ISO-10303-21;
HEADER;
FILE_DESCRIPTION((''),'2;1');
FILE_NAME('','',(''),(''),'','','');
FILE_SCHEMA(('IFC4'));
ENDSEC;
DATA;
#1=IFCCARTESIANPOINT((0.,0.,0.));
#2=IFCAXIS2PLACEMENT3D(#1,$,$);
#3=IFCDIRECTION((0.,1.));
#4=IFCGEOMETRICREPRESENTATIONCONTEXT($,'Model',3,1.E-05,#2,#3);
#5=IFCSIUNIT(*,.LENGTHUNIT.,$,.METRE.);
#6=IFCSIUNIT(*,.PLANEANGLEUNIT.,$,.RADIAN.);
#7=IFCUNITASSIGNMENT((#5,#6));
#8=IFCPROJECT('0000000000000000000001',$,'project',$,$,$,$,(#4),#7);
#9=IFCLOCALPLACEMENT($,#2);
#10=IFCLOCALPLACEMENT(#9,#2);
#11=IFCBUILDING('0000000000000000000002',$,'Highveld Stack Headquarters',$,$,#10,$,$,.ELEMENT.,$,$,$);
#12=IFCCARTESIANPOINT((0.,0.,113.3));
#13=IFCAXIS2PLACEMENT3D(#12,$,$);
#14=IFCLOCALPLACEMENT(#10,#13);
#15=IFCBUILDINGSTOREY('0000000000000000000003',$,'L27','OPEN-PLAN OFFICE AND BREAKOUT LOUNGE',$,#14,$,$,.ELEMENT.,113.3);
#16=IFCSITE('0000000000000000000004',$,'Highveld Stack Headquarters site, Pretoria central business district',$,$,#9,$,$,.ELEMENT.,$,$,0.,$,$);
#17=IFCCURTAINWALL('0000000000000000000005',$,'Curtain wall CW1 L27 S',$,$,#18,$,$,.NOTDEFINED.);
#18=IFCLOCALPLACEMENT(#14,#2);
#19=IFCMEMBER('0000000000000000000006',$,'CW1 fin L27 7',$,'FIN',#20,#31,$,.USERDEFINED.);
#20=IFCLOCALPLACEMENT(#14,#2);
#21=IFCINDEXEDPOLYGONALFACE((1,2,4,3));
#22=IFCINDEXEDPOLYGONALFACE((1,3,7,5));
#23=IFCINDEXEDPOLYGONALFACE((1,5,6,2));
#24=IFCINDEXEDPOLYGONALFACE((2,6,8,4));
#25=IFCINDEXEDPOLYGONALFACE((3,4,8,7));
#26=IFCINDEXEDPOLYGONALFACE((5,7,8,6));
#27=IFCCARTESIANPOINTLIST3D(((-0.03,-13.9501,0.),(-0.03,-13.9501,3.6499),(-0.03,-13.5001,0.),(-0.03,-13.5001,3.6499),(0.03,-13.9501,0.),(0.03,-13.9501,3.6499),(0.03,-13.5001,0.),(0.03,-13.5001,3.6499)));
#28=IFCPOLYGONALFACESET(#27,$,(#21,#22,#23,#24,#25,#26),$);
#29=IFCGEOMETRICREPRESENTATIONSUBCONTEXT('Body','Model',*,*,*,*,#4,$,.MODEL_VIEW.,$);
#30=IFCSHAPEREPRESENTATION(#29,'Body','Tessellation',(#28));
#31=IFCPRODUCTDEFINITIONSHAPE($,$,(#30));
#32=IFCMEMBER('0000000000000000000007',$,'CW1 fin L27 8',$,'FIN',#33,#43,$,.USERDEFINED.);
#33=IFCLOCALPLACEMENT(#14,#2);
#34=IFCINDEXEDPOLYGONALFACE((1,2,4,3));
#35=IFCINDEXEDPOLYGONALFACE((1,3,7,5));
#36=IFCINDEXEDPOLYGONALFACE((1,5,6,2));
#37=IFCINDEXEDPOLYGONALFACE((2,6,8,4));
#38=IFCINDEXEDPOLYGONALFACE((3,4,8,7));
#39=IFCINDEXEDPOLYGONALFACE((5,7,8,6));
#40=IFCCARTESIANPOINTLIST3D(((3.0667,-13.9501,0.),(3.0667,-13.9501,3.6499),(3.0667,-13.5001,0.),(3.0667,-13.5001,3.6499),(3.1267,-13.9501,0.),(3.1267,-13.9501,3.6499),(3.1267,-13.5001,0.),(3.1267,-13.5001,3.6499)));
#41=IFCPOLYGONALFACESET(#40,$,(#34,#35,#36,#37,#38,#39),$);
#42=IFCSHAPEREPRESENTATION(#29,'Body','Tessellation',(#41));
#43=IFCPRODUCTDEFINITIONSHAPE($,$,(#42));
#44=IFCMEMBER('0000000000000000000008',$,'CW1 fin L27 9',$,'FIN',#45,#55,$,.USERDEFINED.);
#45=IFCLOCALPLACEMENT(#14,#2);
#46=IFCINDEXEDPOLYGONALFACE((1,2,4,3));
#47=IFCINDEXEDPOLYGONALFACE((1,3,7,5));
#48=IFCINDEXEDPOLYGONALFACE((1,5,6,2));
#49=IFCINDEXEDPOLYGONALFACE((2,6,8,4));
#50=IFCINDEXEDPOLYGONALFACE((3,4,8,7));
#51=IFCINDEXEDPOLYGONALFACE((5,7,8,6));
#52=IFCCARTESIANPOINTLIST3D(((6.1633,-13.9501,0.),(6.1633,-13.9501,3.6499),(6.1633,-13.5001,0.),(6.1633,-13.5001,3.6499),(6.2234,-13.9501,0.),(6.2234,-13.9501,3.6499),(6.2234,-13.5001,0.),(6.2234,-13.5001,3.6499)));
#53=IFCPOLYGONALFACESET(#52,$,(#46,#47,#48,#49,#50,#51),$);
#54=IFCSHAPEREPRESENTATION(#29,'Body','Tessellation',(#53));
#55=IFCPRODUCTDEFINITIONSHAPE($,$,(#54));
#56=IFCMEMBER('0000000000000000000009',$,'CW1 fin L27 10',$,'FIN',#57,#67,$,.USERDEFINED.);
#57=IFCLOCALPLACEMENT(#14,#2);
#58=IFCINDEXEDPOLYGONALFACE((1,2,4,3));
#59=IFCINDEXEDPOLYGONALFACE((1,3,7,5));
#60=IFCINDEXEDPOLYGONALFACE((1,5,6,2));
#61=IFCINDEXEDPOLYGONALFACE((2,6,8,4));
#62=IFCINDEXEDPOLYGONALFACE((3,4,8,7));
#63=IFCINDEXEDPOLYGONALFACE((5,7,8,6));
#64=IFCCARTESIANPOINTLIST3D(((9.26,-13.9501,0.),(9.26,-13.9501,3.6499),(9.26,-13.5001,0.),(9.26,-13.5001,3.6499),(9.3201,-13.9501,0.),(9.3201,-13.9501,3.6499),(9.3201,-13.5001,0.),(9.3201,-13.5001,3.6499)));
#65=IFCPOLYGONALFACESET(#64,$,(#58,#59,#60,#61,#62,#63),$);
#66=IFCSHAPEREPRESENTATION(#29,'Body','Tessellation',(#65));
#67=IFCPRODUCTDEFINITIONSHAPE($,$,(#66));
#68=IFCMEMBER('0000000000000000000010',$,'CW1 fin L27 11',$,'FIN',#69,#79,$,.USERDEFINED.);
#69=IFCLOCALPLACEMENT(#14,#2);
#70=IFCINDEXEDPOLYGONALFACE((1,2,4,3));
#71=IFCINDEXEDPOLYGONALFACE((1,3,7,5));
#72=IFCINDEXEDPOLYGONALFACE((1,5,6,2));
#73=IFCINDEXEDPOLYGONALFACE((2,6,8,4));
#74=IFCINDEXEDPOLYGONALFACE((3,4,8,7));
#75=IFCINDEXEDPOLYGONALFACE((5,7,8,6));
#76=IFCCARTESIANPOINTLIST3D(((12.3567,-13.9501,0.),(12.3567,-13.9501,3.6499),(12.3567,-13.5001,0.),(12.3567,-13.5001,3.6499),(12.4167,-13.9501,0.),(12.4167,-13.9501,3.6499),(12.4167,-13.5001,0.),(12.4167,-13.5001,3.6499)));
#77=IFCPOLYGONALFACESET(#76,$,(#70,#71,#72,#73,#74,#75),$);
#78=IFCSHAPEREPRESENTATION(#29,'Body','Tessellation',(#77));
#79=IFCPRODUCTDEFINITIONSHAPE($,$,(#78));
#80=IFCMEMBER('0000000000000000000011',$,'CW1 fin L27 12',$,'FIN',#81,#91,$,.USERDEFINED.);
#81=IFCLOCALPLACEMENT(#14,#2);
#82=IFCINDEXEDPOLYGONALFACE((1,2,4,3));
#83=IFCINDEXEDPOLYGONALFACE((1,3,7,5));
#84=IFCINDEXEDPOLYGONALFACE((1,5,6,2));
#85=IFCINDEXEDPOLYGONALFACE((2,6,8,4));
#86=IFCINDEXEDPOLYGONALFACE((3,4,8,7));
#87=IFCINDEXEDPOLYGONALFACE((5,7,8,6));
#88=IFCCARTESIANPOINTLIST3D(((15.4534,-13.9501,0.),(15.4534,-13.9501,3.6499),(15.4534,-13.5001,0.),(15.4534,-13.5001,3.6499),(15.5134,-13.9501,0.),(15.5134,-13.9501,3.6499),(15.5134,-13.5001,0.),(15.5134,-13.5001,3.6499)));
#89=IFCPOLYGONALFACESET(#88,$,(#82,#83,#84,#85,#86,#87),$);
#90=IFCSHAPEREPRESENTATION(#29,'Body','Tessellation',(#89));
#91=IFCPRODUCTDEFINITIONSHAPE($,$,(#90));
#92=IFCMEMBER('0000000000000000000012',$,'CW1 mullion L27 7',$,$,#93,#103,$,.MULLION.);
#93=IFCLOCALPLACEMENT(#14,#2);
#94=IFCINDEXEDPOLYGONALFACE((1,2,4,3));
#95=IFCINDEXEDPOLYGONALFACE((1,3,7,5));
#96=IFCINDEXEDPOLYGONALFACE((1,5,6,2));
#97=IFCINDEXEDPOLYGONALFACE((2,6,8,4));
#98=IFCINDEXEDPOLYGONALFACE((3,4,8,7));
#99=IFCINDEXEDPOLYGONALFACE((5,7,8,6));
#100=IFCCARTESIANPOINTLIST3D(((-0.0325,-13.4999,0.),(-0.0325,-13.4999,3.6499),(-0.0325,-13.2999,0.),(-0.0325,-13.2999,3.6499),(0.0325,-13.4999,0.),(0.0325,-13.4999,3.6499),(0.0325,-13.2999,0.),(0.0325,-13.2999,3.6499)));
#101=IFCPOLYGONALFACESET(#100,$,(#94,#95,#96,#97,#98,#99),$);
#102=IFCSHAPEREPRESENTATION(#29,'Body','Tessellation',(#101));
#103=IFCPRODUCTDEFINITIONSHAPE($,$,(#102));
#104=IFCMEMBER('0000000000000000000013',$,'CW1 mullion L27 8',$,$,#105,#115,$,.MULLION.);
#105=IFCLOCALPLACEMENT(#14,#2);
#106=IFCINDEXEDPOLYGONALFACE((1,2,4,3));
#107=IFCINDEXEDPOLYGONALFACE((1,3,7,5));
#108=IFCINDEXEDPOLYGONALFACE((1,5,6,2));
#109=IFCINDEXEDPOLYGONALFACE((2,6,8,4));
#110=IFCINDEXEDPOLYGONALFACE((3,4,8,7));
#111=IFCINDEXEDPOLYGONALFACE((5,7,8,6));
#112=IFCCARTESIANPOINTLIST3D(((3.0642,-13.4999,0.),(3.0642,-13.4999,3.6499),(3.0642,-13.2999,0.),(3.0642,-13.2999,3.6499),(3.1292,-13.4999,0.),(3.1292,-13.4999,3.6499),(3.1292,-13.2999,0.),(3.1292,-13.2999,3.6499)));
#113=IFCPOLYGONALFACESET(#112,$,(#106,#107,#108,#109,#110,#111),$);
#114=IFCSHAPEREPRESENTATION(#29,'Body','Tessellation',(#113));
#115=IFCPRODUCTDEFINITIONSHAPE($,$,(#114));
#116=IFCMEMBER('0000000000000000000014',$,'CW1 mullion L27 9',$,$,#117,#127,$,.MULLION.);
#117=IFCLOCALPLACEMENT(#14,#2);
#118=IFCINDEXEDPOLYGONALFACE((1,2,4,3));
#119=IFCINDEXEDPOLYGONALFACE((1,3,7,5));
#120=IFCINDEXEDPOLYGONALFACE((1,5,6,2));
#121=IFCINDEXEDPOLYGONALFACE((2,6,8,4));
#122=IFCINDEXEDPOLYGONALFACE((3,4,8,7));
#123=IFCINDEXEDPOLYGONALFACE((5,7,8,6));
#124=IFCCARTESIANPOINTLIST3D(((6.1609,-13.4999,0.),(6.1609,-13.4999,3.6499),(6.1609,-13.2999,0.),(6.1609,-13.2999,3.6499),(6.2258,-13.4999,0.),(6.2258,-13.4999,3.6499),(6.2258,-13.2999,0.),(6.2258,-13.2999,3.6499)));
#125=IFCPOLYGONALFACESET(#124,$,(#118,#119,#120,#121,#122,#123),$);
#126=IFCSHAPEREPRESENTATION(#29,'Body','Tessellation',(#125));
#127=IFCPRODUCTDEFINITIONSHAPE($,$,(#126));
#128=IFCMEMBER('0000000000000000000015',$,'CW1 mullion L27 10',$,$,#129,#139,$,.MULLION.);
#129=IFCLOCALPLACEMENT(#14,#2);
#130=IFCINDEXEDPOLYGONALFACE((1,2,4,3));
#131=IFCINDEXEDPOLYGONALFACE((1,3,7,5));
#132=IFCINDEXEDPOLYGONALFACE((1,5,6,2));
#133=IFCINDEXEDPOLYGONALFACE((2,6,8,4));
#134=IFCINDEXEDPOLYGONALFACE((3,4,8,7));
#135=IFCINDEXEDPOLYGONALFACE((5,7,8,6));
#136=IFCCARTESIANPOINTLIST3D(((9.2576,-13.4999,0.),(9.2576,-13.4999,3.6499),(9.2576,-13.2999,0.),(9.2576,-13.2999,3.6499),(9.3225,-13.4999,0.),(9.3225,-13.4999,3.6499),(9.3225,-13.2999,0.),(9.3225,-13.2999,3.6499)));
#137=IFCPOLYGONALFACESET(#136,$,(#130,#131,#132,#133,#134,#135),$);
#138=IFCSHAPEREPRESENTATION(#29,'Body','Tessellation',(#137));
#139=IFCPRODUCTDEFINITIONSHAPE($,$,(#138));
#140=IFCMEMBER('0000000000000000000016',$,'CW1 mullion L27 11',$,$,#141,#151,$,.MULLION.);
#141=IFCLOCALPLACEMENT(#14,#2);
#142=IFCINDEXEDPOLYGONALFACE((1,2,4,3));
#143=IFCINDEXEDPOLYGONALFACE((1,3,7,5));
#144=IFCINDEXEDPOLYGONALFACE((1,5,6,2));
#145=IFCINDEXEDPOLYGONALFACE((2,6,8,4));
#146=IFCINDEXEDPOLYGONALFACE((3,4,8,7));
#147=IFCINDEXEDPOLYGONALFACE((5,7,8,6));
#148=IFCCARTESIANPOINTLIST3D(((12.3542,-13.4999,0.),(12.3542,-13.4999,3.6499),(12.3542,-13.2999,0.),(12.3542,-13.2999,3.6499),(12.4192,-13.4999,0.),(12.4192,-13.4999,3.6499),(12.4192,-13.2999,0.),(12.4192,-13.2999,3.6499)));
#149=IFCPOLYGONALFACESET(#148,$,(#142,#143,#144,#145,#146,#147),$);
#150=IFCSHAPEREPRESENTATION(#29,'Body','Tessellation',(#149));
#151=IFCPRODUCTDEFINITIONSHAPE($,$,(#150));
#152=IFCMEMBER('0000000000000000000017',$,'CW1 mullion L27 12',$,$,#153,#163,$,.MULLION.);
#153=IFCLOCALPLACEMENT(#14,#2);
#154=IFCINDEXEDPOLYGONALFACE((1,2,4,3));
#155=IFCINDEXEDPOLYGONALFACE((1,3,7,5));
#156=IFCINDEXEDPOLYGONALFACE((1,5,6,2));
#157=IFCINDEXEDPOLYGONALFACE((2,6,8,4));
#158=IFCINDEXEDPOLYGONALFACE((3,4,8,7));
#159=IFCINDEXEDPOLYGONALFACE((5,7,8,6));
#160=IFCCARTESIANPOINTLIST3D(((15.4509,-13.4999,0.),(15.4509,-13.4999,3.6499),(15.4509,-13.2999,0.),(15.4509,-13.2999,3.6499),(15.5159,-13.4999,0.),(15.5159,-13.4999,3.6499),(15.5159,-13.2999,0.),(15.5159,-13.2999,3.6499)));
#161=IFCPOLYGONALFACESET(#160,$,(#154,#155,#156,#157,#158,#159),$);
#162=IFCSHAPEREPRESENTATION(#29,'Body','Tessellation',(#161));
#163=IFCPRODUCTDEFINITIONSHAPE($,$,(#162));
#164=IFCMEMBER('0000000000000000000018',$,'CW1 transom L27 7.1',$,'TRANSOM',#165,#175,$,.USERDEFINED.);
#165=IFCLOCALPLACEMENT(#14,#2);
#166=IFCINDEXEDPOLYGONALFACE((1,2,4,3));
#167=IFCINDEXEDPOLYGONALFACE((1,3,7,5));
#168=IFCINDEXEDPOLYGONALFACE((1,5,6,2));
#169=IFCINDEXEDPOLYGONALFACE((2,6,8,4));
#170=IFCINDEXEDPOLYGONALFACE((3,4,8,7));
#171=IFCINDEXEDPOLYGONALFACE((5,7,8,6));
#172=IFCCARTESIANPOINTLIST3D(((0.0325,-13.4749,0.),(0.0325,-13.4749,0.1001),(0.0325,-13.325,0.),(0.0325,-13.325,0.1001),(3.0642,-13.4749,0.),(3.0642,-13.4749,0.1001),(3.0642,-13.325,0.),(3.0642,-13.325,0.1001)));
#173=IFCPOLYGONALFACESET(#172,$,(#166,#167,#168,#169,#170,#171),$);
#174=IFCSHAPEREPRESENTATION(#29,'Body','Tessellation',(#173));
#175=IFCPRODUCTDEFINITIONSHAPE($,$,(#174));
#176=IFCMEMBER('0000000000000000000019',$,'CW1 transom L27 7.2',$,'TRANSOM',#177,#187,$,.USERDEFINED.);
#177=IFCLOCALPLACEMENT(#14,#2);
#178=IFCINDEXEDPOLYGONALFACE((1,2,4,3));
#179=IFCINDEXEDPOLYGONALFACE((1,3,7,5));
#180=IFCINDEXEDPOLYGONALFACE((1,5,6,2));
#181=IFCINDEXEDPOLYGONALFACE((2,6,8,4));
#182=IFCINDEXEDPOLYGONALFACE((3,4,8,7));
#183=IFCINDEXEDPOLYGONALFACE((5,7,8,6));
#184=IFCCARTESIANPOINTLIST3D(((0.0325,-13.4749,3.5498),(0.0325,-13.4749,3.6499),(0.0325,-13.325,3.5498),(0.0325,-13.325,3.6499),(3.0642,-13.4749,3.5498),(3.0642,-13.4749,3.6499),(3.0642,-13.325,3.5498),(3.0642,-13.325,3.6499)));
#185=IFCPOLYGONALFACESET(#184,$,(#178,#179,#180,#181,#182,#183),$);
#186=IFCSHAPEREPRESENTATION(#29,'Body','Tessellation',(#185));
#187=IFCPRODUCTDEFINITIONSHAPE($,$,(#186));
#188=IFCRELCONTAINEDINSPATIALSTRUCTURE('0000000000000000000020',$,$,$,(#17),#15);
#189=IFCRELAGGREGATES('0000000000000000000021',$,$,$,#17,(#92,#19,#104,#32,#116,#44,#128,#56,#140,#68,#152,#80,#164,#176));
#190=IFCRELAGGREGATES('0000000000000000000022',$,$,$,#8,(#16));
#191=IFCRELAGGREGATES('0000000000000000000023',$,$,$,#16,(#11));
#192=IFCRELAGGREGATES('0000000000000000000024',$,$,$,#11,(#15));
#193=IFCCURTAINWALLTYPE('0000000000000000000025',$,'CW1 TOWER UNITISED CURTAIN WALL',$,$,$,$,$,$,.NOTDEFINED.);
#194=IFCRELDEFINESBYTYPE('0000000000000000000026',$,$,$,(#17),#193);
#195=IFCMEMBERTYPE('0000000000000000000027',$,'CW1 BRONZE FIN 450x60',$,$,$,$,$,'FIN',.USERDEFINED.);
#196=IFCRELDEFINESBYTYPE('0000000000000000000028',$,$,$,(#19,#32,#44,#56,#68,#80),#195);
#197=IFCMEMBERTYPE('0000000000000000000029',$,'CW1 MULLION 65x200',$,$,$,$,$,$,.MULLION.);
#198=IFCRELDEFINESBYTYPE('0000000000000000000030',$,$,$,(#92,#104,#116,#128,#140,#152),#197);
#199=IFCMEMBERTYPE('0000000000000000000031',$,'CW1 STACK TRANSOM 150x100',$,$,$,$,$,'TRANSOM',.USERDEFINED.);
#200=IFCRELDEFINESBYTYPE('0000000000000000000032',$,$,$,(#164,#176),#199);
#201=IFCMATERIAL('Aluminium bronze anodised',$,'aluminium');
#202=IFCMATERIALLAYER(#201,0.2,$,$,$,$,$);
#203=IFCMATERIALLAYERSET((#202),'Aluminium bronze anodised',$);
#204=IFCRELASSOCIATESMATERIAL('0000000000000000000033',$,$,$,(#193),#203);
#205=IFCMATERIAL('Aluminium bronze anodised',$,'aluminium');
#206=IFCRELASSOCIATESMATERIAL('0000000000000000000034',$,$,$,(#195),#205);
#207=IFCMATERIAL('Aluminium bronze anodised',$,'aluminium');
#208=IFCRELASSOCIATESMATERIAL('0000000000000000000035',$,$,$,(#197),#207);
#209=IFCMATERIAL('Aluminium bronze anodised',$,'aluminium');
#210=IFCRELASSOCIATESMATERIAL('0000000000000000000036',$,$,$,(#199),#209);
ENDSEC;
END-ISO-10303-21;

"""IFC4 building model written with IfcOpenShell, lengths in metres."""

from ifc_helpers import new_model, si_unit, direction, frame, origin, origin_2d, place, context, subcontext, project, spatial, rectangle, extrude, material, layer, layer_set, material_profile, profile_set, type_object, element, aggregate, save


model = new_model("IFC4")

# Units and contexts
model_context = context("Model", 3, precision=1e-05, world=origin(), true_north=direction((0.0, 1.0)))
body_context = subcontext(model_context, "Body", "Model", "MODEL_VIEW")
ifc_project = project(units=[si_unit("LENGTHUNIT", "METRE"), si_unit("PLANEANGLEUNIT", "RADIAN")], contexts=[model_context])

# Site, building, storey
site_placement = place(None, origin())
site = spatial("IfcSite", under=ifc_project, at=site_placement, Name="Highveld Stack Headquarters site, Pretoria central business district", CompositionType="ELEMENT", RefElevation=0.0)
building_placement = place(site_placement, origin())
building = spatial("IfcBuilding", under=site, at=building_placement, Name="Highveld Stack Headquarters", CompositionType="ELEMENT")
storey_placement = place(building_placement, frame((0.0, 0.0, 113.3)))
storey = spatial("IfcBuildingStorey", under=building, at=storey_placement, Name="L27", Description="OPEN-PLAN OFFICE AND BREAKOUT LOUNGE", CompositionType="ELEMENT", Elevation=113.3)

# Curtain wall, members
ifc_material_1 = material(Name="Aluminium bronze anodised", Category="aluminium")
ifc_layer_1 = layer(ifc_material_1, 0.2)
ifc_layer_set_1 = layer_set([ifc_layer_1], Name="Aluminium bronze anodised")
curtain_wall_type = type_object("IfcCurtainWallType", Name="CW1 TOWER UNITISED CURTAIN WALL", PredefinedType="NOTDEFINED", material=ifc_layer_set_1)
curtain_wall_placement = place(storey_placement, origin())
curtain_wall = element("IfcCurtainWall", 1, at=curtain_wall_placement, inside=storey, type_object=curtain_wall_type, Name="Curtain wall CW1 L27 S", PredefinedType="NOTDEFINED")
ifc_material_2 = material(Name="Aluminium bronze anodised", Category="aluminium")
ifc_material_profile_1 = material_profile(ifc_material_2, rectangle(XDim=0.45, YDim=0.0601, at=origin_2d()), Name="FIN 450x60")
ifc_profile_set_1 = profile_set([ifc_material_profile_1], Name="Aluminium bronze anodised")
member_type_1 = type_object("IfcMemberType", Name="CW1 BRONZE FIN 450x60", ElementType="FIN", PredefinedType="USERDEFINED", material=ifc_profile_set_1)
member_1_placement = place(storey_placement, frame((0.0, -13.7251, 0.0), z_axis=(0.0, 0.0, 1.0), x_axis=(0.0, 1.0, 0.0)))
member_1 = element("IfcMember", 2, at=member_1_placement, type_object=member_type_1, Name="CW1 fin L27 7", ObjectType="FIN", PredefinedType="USERDEFINED", context=body_context, shape_type="SweptSolid", body=[
    extrude(rectangle(XDim=0.45, YDim=0.0601, at=origin_2d()), origin(), (0.0, 0.0, 1.0), 3.6499),
])
member_2_placement = place(storey_placement, frame((3.0967, -13.7251, 0.0), z_axis=(0.0, 0.0, 1.0), x_axis=(0.0, 1.0, 0.0)))
member_2 = element("IfcMember", 3, at=member_2_placement, type_object=member_type_1, Name="CW1 fin L27 8", ObjectType="FIN", PredefinedType="USERDEFINED", context=body_context, shape_type="SweptSolid", body=[
    extrude(rectangle(XDim=0.45, YDim=0.0601, at=origin_2d()), origin(), (0.0, 0.0, 1.0), 3.6499),
])
member_3_placement = place(storey_placement, frame((6.1934, -13.7251, 0.0), z_axis=(0.0, 0.0, 1.0), x_axis=(0.0, 1.0, 0.0)))
member_3 = element("IfcMember", 4, at=member_3_placement, type_object=member_type_1, Name="CW1 fin L27 9", ObjectType="FIN", PredefinedType="USERDEFINED", context=body_context, shape_type="SweptSolid", body=[
    extrude(rectangle(XDim=0.45, YDim=0.0601, at=origin_2d()), origin(), (0.0, 0.0, 1.0), 3.6499),
])
member_4_placement = place(storey_placement, frame((9.29, -13.7251, 0.0), z_axis=(0.0, 0.0, 1.0), x_axis=(0.0, 1.0, 0.0)))
member_4 = element("IfcMember", 5, at=member_4_placement, type_object=member_type_1, Name="CW1 fin L27 10", ObjectType="FIN", PredefinedType="USERDEFINED", context=body_context, shape_type="SweptSolid", body=[
    extrude(rectangle(XDim=0.45, YDim=0.0601, at=origin_2d()), origin(), (0.0, 0.0, 1.0), 3.6499),
])
member_5_placement = place(storey_placement, frame((12.3867, -13.7251, 0.0), z_axis=(0.0, 0.0, 1.0), x_axis=(0.0, 1.0, 0.0)))
member_5 = element("IfcMember", 6, at=member_5_placement, type_object=member_type_1, Name="CW1 fin L27 11", ObjectType="FIN", PredefinedType="USERDEFINED", context=body_context, shape_type="SweptSolid", body=[
    extrude(rectangle(XDim=0.45, YDim=0.0601, at=origin_2d()), origin(), (0.0, 0.0, 1.0), 3.6499),
])
member_6_placement = place(storey_placement, frame((15.4834, -13.7251, 0.0), z_axis=(0.0, 0.0, 1.0), x_axis=(0.0, 1.0, 0.0)))
member_6 = element("IfcMember", 7, at=member_6_placement, type_object=member_type_1, Name="CW1 fin L27 12", ObjectType="FIN", PredefinedType="USERDEFINED", context=body_context, shape_type="SweptSolid", body=[
    extrude(rectangle(XDim=0.45, YDim=0.0601, at=origin_2d()), origin(), (0.0, 0.0, 1.0), 3.6499),
])
ifc_material_3 = material(Name="Aluminium bronze anodised", Category="aluminium")
ifc_material_profile_2 = material_profile(ifc_material_3, rectangle(XDim=0.2, YDim=0.0649, at=origin_2d()), Name="CW1 MULLION 65x200")
ifc_profile_set_2 = profile_set([ifc_material_profile_2], Name="Aluminium bronze anodised")
member_type_2 = type_object("IfcMemberType", Name="CW1 MULLION 65x200", PredefinedType="MULLION", material=ifc_profile_set_2)
member_7_placement = place(storey_placement, frame((0.0, -13.3999, 0.0), z_axis=(0.0, 0.0, 1.0), x_axis=(0.0, 1.0, 0.0)))
member_7 = element("IfcMember", 8, at=member_7_placement, type_object=member_type_2, Name="CW1 mullion L27 7", PredefinedType="MULLION", context=body_context, shape_type="SweptSolid", body=[
    extrude(rectangle(XDim=0.2, YDim=0.0649, at=origin_2d()), origin(), (0.0, 0.0, 1.0), 3.6499),
])
member_8_placement = place(storey_placement, frame((3.0967, -13.3999, 0.0), z_axis=(0.0, 0.0, 1.0), x_axis=(0.0, 1.0, 0.0)))
member_8 = element("IfcMember", 9, at=member_8_placement, type_object=member_type_2, Name="CW1 mullion L27 8", PredefinedType="MULLION", context=body_context, shape_type="SweptSolid", body=[
    extrude(rectangle(XDim=0.2, YDim=0.0649, at=origin_2d()), origin(), (0.0, 0.0, 1.0), 3.6499),
])
member_9_placement = place(storey_placement, frame((6.1934, -13.3999, 0.0), z_axis=(0.0, 0.0, 1.0), x_axis=(0.0, 1.0, 0.0)))
member_9 = element("IfcMember", 10, at=member_9_placement, type_object=member_type_2, Name="CW1 mullion L27 9", PredefinedType="MULLION", context=body_context, shape_type="SweptSolid", body=[
    extrude(rectangle(XDim=0.2, YDim=0.0649, at=origin_2d()), origin(), (0.0, 0.0, 1.0), 3.6499),
])
member_10_placement = place(storey_placement, frame((9.29, -13.3999, 0.0), z_axis=(0.0, 0.0, 1.0), x_axis=(0.0, 1.0, 0.0)))
member_10 = element("IfcMember", 11, at=member_10_placement, type_object=member_type_2, Name="CW1 mullion L27 10", PredefinedType="MULLION", context=body_context, shape_type="SweptSolid", body=[
    extrude(rectangle(XDim=0.2, YDim=0.0649, at=origin_2d()), origin(), (0.0, 0.0, 1.0), 3.6499),
])
member_11_placement = place(storey_placement, frame((12.3867, -13.3999, 0.0), z_axis=(0.0, 0.0, 1.0), x_axis=(0.0, 1.0, 0.0)))
member_11 = element("IfcMember", 12, at=member_11_placement, type_object=member_type_2, Name="CW1 mullion L27 11", PredefinedType="MULLION", context=body_context, shape_type="SweptSolid", body=[
    extrude(rectangle(XDim=0.2, YDim=0.0649, at=origin_2d()), origin(), (0.0, 0.0, 1.0), 3.6499),
])
member_12_placement = place(storey_placement, frame((15.4834, -13.3999, 0.0), z_axis=(0.0, 0.0, 1.0), x_axis=(0.0, 1.0, 0.0)))
member_12 = element("IfcMember", 13, at=member_12_placement, type_object=member_type_2, Name="CW1 mullion L27 12", PredefinedType="MULLION", context=body_context, shape_type="SweptSolid", body=[
    extrude(rectangle(XDim=0.2, YDim=0.0649, at=origin_2d()), origin(), (0.0, 0.0, 1.0), 3.6499),
])
ifc_material_4 = material(Name="Aluminium bronze anodised", Category="aluminium")
ifc_material_profile_3 = material_profile(ifc_material_4, rectangle(XDim=0.1499, YDim=0.1001, at=origin_2d()), Name="CW1 TRANSOM 150x100")
ifc_profile_set_3 = profile_set([ifc_material_profile_3], Name="Aluminium bronze anodised")
member_type_3 = type_object("IfcMemberType", Name="CW1 STACK TRANSOM 150x100", ElementType="TRANSOM", PredefinedType="USERDEFINED", material=ifc_profile_set_3)
member_13_placement = place(storey_placement, frame((0.0325, -13.3999, 0.05), z_axis=(1.0, 0.0, 0.0), x_axis=(0.0, 1.0, 0.0)))
member_13 = element("IfcMember", 14, at=member_13_placement, type_object=member_type_3, Name="CW1 transom L27 7.1", ObjectType="TRANSOM", PredefinedType="USERDEFINED", context=body_context, shape_type="SweptSolid", body=[
    extrude(rectangle(XDim=0.1499, YDim=0.1001, at=origin_2d()), origin(), (0.0, 0.0, 1.0), 3.0317),
])
member_14_placement = place(storey_placement, frame((0.0325, -13.3999, 3.5999), z_axis=(1.0, 0.0, 0.0), x_axis=(0.0, 1.0, 0.0)))
member_14 = element("IfcMember", 15, at=member_14_placement, type_object=member_type_3, Name="CW1 transom L27 7.2", ObjectType="TRANSOM", PredefinedType="USERDEFINED", context=body_context, shape_type="SweptSolid", body=[
    extrude(rectangle(XDim=0.1499, YDim=0.1001, at=origin_2d()), origin(), (0.0, 0.0, 1.0), 3.0317),
])
aggregate(curtain_wall, [member_7, member_1, member_8, member_2, member_9, member_3, member_10, member_4, member_11, member_5, member_12, member_6, member_13, member_14])

save(model, "model.ifc")
